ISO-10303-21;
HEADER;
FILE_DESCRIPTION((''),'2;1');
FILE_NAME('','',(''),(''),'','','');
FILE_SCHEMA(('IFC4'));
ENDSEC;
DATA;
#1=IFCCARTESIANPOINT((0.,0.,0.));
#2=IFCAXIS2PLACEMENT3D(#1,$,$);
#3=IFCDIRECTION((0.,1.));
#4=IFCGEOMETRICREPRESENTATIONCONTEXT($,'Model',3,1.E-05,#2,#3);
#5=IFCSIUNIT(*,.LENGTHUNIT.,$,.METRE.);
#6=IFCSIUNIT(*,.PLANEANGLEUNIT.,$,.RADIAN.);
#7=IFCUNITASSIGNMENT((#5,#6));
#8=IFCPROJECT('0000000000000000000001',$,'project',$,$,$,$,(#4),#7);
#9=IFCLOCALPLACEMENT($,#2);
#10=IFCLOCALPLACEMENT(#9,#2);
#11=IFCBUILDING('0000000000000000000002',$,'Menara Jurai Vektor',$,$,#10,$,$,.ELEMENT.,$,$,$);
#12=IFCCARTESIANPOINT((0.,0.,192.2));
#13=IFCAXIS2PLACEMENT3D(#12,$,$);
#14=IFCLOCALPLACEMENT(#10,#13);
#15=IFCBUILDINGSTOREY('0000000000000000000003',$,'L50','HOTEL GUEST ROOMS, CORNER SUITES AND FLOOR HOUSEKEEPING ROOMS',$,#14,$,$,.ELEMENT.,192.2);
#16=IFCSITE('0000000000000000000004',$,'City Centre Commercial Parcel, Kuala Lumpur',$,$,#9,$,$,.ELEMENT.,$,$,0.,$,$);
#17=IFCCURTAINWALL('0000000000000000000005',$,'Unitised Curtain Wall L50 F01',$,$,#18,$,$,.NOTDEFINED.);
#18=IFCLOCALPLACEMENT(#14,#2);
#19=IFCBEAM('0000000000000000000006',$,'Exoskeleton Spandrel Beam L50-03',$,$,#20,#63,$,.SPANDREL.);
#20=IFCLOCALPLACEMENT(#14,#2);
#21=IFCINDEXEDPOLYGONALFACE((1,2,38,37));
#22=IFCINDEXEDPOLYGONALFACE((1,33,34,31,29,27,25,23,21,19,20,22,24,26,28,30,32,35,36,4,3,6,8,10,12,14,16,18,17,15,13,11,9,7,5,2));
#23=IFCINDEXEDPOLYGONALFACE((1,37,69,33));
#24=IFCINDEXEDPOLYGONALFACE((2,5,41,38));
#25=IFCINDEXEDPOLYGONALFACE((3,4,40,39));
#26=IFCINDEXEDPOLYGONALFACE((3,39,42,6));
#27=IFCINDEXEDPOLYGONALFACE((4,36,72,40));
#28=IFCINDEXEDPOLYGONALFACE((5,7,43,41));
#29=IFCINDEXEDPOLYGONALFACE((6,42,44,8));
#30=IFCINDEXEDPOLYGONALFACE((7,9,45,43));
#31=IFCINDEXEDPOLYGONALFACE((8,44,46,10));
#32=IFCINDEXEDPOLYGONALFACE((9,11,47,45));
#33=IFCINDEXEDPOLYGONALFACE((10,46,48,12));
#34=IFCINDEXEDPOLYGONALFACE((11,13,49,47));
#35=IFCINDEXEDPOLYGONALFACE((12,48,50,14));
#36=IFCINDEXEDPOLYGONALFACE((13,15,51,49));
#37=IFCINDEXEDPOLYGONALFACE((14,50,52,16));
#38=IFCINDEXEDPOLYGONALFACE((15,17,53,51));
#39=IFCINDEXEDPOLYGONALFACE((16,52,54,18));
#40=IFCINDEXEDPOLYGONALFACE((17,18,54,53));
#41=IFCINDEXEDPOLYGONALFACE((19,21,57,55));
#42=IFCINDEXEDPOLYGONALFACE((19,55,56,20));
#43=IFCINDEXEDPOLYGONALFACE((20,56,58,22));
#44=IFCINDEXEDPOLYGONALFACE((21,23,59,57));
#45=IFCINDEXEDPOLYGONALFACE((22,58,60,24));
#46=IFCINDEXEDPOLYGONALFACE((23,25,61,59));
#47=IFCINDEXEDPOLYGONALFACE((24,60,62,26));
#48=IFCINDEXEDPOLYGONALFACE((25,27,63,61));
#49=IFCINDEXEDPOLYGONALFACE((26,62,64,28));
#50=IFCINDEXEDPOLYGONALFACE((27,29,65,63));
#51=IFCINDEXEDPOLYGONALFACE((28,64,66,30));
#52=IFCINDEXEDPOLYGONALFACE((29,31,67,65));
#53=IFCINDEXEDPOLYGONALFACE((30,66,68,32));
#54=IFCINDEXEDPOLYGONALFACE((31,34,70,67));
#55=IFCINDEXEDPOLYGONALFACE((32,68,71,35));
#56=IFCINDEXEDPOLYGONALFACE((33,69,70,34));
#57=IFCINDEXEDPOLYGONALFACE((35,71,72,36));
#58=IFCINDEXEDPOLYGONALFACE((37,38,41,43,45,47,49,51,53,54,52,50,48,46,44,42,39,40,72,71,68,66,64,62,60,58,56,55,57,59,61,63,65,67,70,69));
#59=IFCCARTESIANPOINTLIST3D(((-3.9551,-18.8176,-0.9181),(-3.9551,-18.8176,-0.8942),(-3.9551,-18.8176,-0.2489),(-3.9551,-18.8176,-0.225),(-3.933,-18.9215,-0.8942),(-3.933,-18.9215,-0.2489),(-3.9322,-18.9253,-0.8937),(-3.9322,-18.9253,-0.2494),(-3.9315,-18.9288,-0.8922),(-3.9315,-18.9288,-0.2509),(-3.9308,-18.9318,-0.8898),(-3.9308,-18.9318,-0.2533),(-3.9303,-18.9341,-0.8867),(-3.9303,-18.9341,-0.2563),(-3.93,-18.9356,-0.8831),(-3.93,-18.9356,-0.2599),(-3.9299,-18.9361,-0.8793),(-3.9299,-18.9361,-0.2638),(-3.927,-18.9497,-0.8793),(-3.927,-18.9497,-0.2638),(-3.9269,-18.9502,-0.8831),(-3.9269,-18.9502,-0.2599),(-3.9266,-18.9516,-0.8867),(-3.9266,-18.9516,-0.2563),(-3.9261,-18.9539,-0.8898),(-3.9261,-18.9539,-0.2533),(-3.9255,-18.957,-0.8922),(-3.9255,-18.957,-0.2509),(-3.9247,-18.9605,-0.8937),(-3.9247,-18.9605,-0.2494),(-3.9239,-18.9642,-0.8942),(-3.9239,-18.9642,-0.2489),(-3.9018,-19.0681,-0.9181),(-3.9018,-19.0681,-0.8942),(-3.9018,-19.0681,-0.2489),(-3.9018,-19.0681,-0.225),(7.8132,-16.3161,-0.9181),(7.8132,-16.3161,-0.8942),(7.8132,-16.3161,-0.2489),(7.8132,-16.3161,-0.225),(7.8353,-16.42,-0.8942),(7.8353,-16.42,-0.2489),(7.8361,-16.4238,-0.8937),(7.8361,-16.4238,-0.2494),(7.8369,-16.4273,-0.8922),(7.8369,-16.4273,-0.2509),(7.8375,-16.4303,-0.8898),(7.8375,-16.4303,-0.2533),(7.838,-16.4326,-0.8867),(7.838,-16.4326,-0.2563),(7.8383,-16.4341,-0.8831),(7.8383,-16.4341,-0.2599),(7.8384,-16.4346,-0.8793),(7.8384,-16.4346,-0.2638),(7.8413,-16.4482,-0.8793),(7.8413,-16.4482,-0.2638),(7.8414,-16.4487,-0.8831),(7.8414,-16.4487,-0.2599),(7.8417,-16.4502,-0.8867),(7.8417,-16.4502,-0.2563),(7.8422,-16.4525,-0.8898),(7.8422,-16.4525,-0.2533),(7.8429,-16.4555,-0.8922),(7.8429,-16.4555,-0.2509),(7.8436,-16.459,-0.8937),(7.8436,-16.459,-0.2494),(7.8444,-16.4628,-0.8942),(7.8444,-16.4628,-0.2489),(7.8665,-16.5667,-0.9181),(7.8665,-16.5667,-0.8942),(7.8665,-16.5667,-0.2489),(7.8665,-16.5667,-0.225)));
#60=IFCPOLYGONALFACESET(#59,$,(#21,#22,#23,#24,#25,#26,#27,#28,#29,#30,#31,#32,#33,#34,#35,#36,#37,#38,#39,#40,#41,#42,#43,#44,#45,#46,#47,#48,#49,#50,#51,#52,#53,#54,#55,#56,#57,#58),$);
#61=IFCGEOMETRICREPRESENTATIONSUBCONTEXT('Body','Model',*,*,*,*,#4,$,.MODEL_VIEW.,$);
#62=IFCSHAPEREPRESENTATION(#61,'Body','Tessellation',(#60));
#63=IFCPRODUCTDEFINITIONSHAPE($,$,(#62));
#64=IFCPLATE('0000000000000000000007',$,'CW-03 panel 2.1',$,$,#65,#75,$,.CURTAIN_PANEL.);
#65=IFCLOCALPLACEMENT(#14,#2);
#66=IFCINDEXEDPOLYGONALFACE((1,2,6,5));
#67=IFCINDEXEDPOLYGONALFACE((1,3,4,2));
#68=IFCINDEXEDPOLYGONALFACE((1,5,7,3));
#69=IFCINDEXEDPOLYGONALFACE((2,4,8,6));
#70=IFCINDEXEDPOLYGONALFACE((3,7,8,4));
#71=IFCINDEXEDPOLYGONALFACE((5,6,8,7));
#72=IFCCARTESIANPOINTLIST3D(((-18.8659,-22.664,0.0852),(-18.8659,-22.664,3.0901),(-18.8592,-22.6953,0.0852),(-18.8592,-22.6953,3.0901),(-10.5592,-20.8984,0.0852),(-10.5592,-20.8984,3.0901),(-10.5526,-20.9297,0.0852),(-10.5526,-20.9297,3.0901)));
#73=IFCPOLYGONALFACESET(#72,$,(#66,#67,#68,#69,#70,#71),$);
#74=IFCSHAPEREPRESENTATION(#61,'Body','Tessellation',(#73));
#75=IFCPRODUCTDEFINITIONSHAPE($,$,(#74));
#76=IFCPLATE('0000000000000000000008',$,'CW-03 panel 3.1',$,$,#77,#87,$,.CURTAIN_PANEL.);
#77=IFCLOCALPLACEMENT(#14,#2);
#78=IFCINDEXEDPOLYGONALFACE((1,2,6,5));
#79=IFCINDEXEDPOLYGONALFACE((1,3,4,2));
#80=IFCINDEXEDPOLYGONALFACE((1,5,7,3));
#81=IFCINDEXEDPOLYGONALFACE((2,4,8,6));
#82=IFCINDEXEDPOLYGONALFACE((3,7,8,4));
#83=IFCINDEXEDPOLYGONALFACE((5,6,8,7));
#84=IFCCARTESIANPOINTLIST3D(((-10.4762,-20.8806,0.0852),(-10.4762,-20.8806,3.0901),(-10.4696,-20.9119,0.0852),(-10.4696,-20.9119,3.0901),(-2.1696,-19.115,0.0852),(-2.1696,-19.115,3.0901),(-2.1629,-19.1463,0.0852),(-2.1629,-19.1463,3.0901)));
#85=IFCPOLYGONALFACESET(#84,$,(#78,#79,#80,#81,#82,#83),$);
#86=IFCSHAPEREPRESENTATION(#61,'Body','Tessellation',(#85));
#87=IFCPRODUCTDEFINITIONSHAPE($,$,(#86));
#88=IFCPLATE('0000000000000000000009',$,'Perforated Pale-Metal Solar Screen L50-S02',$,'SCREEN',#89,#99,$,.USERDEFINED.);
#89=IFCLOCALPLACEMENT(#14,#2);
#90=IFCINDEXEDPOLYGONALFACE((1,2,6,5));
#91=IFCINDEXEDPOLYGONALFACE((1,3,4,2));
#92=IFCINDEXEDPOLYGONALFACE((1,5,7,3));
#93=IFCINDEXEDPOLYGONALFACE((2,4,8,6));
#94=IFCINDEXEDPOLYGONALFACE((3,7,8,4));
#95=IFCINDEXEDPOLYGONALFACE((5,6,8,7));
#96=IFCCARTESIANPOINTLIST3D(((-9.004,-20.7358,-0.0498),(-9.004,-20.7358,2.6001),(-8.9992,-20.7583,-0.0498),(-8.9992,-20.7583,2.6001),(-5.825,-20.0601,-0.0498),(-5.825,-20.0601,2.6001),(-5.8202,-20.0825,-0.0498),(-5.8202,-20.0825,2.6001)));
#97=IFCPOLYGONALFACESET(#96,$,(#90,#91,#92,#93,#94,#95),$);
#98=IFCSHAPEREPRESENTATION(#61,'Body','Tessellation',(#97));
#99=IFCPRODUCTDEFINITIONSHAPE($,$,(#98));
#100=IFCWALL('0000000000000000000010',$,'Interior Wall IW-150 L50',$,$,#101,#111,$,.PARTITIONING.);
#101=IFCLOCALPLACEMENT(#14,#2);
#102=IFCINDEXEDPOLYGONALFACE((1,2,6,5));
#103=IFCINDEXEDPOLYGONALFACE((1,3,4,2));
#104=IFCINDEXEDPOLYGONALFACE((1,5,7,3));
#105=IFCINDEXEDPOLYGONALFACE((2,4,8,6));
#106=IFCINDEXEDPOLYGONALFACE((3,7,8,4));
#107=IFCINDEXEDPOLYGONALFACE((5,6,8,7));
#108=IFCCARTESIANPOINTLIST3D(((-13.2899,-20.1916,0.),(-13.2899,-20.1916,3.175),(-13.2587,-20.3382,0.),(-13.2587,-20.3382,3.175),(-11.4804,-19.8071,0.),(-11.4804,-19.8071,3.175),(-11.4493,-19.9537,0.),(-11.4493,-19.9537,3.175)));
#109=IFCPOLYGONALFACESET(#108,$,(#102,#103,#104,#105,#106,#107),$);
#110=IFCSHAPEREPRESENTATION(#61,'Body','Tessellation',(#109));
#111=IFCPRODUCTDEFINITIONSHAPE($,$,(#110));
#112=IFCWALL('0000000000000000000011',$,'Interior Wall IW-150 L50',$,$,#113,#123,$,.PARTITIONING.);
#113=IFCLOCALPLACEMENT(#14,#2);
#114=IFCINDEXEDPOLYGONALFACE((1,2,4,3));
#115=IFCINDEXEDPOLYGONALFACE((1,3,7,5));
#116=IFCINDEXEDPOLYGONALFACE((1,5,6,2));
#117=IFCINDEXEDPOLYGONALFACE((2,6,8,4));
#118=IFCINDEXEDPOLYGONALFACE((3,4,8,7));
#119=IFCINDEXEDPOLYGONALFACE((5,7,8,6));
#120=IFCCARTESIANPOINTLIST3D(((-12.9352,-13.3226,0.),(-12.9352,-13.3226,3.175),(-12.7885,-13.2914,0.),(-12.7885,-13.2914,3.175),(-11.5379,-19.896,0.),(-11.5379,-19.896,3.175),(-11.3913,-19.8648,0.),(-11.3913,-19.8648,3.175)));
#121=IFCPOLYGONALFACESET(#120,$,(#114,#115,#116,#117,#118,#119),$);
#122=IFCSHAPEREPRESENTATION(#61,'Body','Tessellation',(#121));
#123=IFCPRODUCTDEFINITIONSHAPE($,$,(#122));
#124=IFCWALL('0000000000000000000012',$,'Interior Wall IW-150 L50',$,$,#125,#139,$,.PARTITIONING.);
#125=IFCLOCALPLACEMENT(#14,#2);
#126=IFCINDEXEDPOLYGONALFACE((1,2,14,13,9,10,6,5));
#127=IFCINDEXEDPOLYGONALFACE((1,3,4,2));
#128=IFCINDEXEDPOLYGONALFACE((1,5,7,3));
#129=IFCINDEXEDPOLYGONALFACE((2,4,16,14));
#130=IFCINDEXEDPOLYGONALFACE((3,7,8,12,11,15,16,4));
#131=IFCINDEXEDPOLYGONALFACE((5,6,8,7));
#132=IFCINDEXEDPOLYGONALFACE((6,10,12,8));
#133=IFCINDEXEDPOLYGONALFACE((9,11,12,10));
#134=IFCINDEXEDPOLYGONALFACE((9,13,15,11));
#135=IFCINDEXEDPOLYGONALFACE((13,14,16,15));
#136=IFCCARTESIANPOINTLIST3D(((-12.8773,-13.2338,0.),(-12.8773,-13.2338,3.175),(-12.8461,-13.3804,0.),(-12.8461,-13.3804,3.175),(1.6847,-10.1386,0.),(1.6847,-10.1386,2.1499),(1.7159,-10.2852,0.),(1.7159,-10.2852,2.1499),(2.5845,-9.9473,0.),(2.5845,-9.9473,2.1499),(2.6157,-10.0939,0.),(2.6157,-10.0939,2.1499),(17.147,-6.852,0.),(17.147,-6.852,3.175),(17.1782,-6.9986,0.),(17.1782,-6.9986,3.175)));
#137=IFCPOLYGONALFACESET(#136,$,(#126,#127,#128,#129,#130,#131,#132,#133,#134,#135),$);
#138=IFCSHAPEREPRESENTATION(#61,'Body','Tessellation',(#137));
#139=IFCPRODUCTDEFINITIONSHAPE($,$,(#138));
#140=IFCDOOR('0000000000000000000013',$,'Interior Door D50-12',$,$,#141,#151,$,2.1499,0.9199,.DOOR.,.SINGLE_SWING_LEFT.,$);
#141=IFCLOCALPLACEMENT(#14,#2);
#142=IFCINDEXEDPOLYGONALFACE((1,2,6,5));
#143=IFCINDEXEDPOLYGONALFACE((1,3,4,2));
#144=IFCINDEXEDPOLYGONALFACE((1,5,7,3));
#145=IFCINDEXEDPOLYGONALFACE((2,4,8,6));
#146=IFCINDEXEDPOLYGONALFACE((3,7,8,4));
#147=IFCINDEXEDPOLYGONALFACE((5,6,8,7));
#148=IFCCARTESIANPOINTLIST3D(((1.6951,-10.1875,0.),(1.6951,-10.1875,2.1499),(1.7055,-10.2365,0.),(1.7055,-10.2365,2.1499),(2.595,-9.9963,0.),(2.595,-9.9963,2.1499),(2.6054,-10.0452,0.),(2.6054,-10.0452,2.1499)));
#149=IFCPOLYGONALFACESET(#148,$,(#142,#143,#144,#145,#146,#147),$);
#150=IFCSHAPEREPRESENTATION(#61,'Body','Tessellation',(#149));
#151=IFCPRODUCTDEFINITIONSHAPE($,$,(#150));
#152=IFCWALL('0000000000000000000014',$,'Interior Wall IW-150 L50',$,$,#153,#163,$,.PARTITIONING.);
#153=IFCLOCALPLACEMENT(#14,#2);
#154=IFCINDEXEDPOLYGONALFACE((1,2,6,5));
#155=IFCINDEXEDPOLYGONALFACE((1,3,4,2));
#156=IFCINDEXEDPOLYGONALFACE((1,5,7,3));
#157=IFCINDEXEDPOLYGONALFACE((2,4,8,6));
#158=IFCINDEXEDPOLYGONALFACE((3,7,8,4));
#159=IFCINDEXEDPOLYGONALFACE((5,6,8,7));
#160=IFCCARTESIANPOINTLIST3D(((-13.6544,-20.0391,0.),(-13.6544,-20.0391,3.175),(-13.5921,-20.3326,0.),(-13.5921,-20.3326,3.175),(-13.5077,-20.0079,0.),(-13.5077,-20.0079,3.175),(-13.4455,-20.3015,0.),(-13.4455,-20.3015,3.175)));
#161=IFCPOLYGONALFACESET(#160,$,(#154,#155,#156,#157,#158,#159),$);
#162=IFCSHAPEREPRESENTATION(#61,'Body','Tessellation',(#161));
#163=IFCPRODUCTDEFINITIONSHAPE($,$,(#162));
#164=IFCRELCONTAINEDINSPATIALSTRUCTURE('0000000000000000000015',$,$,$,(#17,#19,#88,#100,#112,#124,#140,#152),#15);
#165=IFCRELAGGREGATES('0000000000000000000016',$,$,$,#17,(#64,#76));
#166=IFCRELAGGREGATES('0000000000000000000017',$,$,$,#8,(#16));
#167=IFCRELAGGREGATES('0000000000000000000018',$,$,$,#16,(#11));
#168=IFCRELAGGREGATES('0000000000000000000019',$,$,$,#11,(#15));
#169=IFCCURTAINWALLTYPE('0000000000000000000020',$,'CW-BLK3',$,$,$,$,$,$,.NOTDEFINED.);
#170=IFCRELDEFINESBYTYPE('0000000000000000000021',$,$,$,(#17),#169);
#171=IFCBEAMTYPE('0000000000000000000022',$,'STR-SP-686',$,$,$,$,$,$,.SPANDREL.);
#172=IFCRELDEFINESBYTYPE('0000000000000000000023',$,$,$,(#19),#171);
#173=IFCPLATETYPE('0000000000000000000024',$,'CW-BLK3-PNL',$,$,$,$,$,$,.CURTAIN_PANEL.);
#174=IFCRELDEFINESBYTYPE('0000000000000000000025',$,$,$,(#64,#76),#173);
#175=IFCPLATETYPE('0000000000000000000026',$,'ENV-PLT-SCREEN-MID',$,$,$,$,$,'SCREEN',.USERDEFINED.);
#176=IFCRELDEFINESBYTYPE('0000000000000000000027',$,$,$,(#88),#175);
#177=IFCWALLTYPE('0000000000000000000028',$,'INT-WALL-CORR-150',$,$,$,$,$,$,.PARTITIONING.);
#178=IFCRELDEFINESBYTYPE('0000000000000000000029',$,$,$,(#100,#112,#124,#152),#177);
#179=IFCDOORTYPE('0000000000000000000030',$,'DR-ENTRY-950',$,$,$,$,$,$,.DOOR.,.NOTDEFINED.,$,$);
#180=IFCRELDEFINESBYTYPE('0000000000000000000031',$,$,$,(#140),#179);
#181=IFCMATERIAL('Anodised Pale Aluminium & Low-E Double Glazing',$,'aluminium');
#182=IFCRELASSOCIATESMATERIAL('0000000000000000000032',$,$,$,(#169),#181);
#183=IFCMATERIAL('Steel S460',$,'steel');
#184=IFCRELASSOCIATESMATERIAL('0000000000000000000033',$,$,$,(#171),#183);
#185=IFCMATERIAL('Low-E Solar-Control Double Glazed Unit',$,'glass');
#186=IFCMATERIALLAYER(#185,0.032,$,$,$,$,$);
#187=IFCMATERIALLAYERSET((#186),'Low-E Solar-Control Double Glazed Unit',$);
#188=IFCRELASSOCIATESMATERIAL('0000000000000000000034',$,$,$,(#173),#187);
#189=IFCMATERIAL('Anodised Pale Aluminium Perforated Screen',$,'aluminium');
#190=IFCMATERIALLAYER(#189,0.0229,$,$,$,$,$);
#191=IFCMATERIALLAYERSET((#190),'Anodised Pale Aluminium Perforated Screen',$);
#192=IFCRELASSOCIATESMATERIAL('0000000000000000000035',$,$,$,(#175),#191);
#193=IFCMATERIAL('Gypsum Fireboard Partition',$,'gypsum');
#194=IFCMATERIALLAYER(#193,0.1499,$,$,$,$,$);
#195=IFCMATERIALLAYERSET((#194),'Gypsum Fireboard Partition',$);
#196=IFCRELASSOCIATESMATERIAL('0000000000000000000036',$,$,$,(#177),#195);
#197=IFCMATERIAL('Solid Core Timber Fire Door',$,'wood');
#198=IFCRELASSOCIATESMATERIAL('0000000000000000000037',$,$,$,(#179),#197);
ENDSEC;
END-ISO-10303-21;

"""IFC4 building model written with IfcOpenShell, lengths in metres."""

from ifc_helpers import new_model, si_unit, direction, frame, frame_2d, origin, origin_2d, place, context, subcontext, project, spatial, rectangle, i_section, extrude, material, layer, layer_set, material_profile, profile_set, type_object, element, fill, aggregate, save


model = new_model("IFC4")

# Units and contexts
model_context = context("Model", 3, precision=1e-05, world=origin(), true_north=direction((0.0, 1.0)))
body_context = subcontext(model_context, "Body", "Model", "MODEL_VIEW")
ifc_project = project(units=[si_unit("LENGTHUNIT", "METRE"), si_unit("PLANEANGLEUNIT", "RADIAN")], contexts=[model_context])

# Site, building, storey
site_placement = place(None, origin())
site = spatial("IfcSite", under=ifc_project, at=site_placement, Name="City Centre Commercial Parcel, Kuala Lumpur", CompositionType="ELEMENT", RefElevation=0.0)
building_placement = place(site_placement, origin())
building = spatial("IfcBuilding", under=site, at=building_placement, Name="Menara Jurai Vektor", CompositionType="ELEMENT")
storey_placement = place(building_placement, frame((0.0, 0.0, 192.2)))
storey = spatial("IfcBuildingStorey", under=building, at=storey_placement, Name="L50", Description="HOTEL GUEST ROOMS, CORNER SUITES AND FLOOR HOUSEKEEPING ROOMS", CompositionType="ELEMENT", Elevation=192.2)

# Shared definitions
ifc_material_1 = material(Name="Steel S460", Category="steel")

# Curtain wall
ifc_material_2 = material(Name="Anodised Pale Aluminium & Low-E Double Glazing", Category="aluminium")
curtain_wall_type = type_object("IfcCurtainWallType", Name="CW-BLK3", PredefinedType="NOTDEFINED", material=ifc_material_2)
curtain_wall_placement = place(storey_placement, origin())
curtain_wall = element("IfcCurtainWall", 1, at=curtain_wall_placement, inside=storey, type_object=curtain_wall_type, Name="Unitised Curtain Wall L50 F01", PredefinedType="NOTDEFINED")

# Beam
ifc_material_profile_1 = material_profile(ifc_material_1, i_section(OverallWidth=0.2561, OverallDepth=0.6931, WebThickness=0.0139, FlangeThickness=0.0239, FilletRadius=0.0149, at=origin_2d()), Name="UKB 686x254x170")
ifc_profile_set_1 = profile_set([ifc_material_profile_1], Name="Steel S460")
beam_type_1 = type_object("IfcBeamType", Name="STR-SP-686", PredefinedType="SPANDREL", material=ifc_profile_set_1)
beam_1_placement = place(storey_placement, frame((-3.9285, -18.9429, -0.5715), z_axis=(0.978147, 0.207914, 0.0), x_axis=(-0.207914, 0.978147, 0.0)))
element("IfcBeam", 2, at=beam_1_placement, inside=storey, type_object=beam_type_1, Name="Exoskeleton Spandrel Beam L50-03", PredefinedType="SPANDREL", context=body_context, shape_type="SweptSolid", body=[
    extrude(i_section(OverallWidth=0.2561, OverallDepth=0.6931, WebThickness=0.0139, FlangeThickness=0.0239, FilletRadius=0.0149, at=origin_2d()), origin(), (0.0, 0.0, 1.0), 12.0312),
])

# Plates
ifc_material_3 = material(Name="Low-E Solar-Control Double Glazed Unit", Category="glass")
ifc_layer_1 = layer(ifc_material_3, 0.032)
ifc_layer_set_1 = layer_set([ifc_layer_1], Name="Low-E Solar-Control Double Glazed Unit")
plate_type_1 = type_object("IfcPlateType", Name="CW-BLK3-PNL", PredefinedType="CURTAIN_PANEL", material=ifc_layer_set_1)
plate_1_placement = place(storey_placement, frame((-14.7092, -21.7969, 0.0852), z_axis=(0.0, 0.0, 1.0), x_axis=(0.978148, 0.207911, 0.0)))
plate_1 = element("IfcPlate", 3, at=plate_1_placement, type_object=plate_type_1, Name="CW-03 panel 2.1", PredefinedType="CURTAIN_PANEL", context=body_context, shape_type="SweptSolid", body=[
    extrude(rectangle(XDim=8.4922, YDim=0.032, at=origin_2d()), origin(), (0.0, 0.0, 1.0), 3.0049),
])
plate_2_placement = place(storey_placement, frame((-6.3196, -20.0134, 0.0852), z_axis=(0.0, 0.0, 1.0), x_axis=(0.978148, 0.207911, 0.0)))
plate_2 = element("IfcPlate", 4, at=plate_2_placement, type_object=plate_type_1, Name="CW-03 panel 3.1", PredefinedType="CURTAIN_PANEL", context=body_context, shape_type="SweptSolid", body=[
    extrude(rectangle(XDim=8.4922, YDim=0.032, at=origin_2d()), origin(), (0.0, 0.0, 1.0), 3.0049),
])
aggregate(curtain_wall, [plate_1, plate_2])
ifc_material_4 = material(Name="Anodised Pale Aluminium Perforated Screen", Category="aluminium")
ifc_layer_2 = layer(ifc_material_4, 0.0229)
ifc_layer_set_2 = layer_set([ifc_layer_2], Name="Anodised Pale Aluminium Perforated Screen")
plate_type_2 = type_object("IfcPlateType", Name="ENV-PLT-SCREEN-MID", ElementType="SCREEN", PredefinedType="USERDEFINED", material=ifc_layer_set_2)
plate_3_placement = place(storey_placement, frame((-7.4121, -20.4092, -0.0498), z_axis=(0.0, 0.0, 1.0), x_axis=(0.978148, 0.207912, 0.0)))
element("IfcPlate", 5, at=plate_3_placement, inside=storey, type_object=plate_type_2, Name="Perforated Pale-Metal Solar Screen L50-S02", ObjectType="SCREEN", PredefinedType="USERDEFINED", context=body_context, shape_type="SweptSolid", body=[
    extrude(rectangle(XDim=3.25, YDim=0.0229, at=origin_2d()), origin(), (0.0, 0.0, 1.0), 2.6499),
])

# Walls
ifc_material_5 = material(Name="Gypsum Fireboard Partition", Category="gypsum")
ifc_layer_3 = layer(ifc_material_5, 0.1499)
ifc_layer_set_3 = layer_set([ifc_layer_3], Name="Gypsum Fireboard Partition")
wall_type = type_object("IfcWallType", Name="INT-WALL-CORR-150", PredefinedType="PARTITIONING", material=ifc_layer_set_3)
wall_1_placement = place(storey_placement, frame((-13.2742, -20.2649, 0.0), z_axis=(0.0, 0.0, 1.0), x_axis=(0.97816, 0.207852, 0.0)))
element("IfcWall", 6, at=wall_1_placement, inside=storey, type_object=wall_type, Name="Interior Wall IW-150 L50", PredefinedType="PARTITIONING", context=body_context, shape_type="SweptSolid", body=[
    extrude(rectangle(XDim=1.8499, YDim=0.1499, at=frame_2d((0.9248, 0.0))), origin(), (0.0, 0.0, 1.0), 3.175),
])
wall_2_placement = place(storey_placement, frame((-11.4646, -19.8804, 0.0), z_axis=(0.0, 0.0, 1.0), x_axis=(-0.207916, 0.978147, 0.0)))
element("IfcWall", 7, at=wall_2_placement, inside=storey, type_object=wall_type, Name="Interior Wall IW-150 L50", PredefinedType="PARTITIONING", context=body_context, shape_type="SweptSolid", body=[
    extrude(rectangle(XDim=6.7202, YDim=0.1499, at=frame_2d((3.3601, 0.0))), origin(), (0.0, 0.0, 1.0), 3.175),
])

# Wall, opening, door
wall_3_placement = place(storey_placement, frame((-12.8618, -13.3071, 0.0), z_axis=(0.0, 0.0, 1.0), x_axis=(0.978148, 0.20791, 0.0)))
wall_3 = element("IfcWall", 8, at=wall_3_placement, inside=storey, type_object=wall_type, Name="Interior Wall IW-150 L50", PredefinedType="PARTITIONING", context=body_context, shape_type="SweptSolid", body=[
    extrude(rectangle(XDim=30.6951, YDim=0.1499, at=frame_2d((15.3477, 0.0))), origin(), (0.0, 0.0, 1.0), 3.175),
])
opening_1_placement = place(wall_3_placement, frame((14.8875, 0.0, 0.0)))
opening_1 = element("IfcOpeningElement", 9, at=opening_1_placement, cuts=wall_3, PredefinedType="OPENING", context=body_context, shape_type="SweptSolid", body=[
    extrude(rectangle(XDim=0.9199, YDim=2.1499, at=frame_2d((0.46, 1.075))), frame((0.0, 0.085, 0.0), z_axis=(0.0, -1.0, 0.0), x_axis=(1.0, 0.0, 0.0)), (0.0, 0.0, 1.0), 0.1699),
])
ifc_material_6 = material(Name="Solid Core Timber Fire Door", Category="wood")
door_type_1 = type_object("IfcDoorType", Name="DR-ENTRY-950", OperationType="NOTDEFINED", PredefinedType="DOOR", material=ifc_material_6)
door_1_placement = place(opening_1_placement, origin())
door_1 = element("IfcDoor", 10, at=door_1_placement, inside=storey, type_object=door_type_1, Name="Interior Door D50-12", OperationType="SINGLE_SWING_LEFT", OverallHeight=2.1499, OverallWidth=0.9199, PredefinedType="DOOR", context=body_context, shape_type="SweptSolid", body=[
    extrude(rectangle(XDim=0.9199, YDim=2.1499, at=frame_2d((0.46, 1.075))), frame((0.0, 0.0249, 0.0), z_axis=(0.0, -1.0, 0.0), x_axis=(1.0, 0.0, 0.0)), (0.0, 0.0, 1.0), 0.05),
])
fill(opening_1, door_1)

# Wall
wall_4_placement = place(storey_placement, frame((-13.5188, -20.3169, 0.0), z_axis=(0.0, 0.0, 1.0), x_axis=(-0.207528, 0.978229, 0.0)))
element("IfcWall", 11, at=wall_4_placement, inside=storey, type_object=wall_type, Name="Interior Wall IW-150 L50", PredefinedType="PARTITIONING", context=body_context, shape_type="SweptSolid", body=[
    extrude(rectangle(XDim=0.3, YDim=0.1499, at=frame_2d((0.1499, 0.0))), origin(), (0.0, 0.0, 1.0), 3.175),
])

save(model, "model.ifc")
